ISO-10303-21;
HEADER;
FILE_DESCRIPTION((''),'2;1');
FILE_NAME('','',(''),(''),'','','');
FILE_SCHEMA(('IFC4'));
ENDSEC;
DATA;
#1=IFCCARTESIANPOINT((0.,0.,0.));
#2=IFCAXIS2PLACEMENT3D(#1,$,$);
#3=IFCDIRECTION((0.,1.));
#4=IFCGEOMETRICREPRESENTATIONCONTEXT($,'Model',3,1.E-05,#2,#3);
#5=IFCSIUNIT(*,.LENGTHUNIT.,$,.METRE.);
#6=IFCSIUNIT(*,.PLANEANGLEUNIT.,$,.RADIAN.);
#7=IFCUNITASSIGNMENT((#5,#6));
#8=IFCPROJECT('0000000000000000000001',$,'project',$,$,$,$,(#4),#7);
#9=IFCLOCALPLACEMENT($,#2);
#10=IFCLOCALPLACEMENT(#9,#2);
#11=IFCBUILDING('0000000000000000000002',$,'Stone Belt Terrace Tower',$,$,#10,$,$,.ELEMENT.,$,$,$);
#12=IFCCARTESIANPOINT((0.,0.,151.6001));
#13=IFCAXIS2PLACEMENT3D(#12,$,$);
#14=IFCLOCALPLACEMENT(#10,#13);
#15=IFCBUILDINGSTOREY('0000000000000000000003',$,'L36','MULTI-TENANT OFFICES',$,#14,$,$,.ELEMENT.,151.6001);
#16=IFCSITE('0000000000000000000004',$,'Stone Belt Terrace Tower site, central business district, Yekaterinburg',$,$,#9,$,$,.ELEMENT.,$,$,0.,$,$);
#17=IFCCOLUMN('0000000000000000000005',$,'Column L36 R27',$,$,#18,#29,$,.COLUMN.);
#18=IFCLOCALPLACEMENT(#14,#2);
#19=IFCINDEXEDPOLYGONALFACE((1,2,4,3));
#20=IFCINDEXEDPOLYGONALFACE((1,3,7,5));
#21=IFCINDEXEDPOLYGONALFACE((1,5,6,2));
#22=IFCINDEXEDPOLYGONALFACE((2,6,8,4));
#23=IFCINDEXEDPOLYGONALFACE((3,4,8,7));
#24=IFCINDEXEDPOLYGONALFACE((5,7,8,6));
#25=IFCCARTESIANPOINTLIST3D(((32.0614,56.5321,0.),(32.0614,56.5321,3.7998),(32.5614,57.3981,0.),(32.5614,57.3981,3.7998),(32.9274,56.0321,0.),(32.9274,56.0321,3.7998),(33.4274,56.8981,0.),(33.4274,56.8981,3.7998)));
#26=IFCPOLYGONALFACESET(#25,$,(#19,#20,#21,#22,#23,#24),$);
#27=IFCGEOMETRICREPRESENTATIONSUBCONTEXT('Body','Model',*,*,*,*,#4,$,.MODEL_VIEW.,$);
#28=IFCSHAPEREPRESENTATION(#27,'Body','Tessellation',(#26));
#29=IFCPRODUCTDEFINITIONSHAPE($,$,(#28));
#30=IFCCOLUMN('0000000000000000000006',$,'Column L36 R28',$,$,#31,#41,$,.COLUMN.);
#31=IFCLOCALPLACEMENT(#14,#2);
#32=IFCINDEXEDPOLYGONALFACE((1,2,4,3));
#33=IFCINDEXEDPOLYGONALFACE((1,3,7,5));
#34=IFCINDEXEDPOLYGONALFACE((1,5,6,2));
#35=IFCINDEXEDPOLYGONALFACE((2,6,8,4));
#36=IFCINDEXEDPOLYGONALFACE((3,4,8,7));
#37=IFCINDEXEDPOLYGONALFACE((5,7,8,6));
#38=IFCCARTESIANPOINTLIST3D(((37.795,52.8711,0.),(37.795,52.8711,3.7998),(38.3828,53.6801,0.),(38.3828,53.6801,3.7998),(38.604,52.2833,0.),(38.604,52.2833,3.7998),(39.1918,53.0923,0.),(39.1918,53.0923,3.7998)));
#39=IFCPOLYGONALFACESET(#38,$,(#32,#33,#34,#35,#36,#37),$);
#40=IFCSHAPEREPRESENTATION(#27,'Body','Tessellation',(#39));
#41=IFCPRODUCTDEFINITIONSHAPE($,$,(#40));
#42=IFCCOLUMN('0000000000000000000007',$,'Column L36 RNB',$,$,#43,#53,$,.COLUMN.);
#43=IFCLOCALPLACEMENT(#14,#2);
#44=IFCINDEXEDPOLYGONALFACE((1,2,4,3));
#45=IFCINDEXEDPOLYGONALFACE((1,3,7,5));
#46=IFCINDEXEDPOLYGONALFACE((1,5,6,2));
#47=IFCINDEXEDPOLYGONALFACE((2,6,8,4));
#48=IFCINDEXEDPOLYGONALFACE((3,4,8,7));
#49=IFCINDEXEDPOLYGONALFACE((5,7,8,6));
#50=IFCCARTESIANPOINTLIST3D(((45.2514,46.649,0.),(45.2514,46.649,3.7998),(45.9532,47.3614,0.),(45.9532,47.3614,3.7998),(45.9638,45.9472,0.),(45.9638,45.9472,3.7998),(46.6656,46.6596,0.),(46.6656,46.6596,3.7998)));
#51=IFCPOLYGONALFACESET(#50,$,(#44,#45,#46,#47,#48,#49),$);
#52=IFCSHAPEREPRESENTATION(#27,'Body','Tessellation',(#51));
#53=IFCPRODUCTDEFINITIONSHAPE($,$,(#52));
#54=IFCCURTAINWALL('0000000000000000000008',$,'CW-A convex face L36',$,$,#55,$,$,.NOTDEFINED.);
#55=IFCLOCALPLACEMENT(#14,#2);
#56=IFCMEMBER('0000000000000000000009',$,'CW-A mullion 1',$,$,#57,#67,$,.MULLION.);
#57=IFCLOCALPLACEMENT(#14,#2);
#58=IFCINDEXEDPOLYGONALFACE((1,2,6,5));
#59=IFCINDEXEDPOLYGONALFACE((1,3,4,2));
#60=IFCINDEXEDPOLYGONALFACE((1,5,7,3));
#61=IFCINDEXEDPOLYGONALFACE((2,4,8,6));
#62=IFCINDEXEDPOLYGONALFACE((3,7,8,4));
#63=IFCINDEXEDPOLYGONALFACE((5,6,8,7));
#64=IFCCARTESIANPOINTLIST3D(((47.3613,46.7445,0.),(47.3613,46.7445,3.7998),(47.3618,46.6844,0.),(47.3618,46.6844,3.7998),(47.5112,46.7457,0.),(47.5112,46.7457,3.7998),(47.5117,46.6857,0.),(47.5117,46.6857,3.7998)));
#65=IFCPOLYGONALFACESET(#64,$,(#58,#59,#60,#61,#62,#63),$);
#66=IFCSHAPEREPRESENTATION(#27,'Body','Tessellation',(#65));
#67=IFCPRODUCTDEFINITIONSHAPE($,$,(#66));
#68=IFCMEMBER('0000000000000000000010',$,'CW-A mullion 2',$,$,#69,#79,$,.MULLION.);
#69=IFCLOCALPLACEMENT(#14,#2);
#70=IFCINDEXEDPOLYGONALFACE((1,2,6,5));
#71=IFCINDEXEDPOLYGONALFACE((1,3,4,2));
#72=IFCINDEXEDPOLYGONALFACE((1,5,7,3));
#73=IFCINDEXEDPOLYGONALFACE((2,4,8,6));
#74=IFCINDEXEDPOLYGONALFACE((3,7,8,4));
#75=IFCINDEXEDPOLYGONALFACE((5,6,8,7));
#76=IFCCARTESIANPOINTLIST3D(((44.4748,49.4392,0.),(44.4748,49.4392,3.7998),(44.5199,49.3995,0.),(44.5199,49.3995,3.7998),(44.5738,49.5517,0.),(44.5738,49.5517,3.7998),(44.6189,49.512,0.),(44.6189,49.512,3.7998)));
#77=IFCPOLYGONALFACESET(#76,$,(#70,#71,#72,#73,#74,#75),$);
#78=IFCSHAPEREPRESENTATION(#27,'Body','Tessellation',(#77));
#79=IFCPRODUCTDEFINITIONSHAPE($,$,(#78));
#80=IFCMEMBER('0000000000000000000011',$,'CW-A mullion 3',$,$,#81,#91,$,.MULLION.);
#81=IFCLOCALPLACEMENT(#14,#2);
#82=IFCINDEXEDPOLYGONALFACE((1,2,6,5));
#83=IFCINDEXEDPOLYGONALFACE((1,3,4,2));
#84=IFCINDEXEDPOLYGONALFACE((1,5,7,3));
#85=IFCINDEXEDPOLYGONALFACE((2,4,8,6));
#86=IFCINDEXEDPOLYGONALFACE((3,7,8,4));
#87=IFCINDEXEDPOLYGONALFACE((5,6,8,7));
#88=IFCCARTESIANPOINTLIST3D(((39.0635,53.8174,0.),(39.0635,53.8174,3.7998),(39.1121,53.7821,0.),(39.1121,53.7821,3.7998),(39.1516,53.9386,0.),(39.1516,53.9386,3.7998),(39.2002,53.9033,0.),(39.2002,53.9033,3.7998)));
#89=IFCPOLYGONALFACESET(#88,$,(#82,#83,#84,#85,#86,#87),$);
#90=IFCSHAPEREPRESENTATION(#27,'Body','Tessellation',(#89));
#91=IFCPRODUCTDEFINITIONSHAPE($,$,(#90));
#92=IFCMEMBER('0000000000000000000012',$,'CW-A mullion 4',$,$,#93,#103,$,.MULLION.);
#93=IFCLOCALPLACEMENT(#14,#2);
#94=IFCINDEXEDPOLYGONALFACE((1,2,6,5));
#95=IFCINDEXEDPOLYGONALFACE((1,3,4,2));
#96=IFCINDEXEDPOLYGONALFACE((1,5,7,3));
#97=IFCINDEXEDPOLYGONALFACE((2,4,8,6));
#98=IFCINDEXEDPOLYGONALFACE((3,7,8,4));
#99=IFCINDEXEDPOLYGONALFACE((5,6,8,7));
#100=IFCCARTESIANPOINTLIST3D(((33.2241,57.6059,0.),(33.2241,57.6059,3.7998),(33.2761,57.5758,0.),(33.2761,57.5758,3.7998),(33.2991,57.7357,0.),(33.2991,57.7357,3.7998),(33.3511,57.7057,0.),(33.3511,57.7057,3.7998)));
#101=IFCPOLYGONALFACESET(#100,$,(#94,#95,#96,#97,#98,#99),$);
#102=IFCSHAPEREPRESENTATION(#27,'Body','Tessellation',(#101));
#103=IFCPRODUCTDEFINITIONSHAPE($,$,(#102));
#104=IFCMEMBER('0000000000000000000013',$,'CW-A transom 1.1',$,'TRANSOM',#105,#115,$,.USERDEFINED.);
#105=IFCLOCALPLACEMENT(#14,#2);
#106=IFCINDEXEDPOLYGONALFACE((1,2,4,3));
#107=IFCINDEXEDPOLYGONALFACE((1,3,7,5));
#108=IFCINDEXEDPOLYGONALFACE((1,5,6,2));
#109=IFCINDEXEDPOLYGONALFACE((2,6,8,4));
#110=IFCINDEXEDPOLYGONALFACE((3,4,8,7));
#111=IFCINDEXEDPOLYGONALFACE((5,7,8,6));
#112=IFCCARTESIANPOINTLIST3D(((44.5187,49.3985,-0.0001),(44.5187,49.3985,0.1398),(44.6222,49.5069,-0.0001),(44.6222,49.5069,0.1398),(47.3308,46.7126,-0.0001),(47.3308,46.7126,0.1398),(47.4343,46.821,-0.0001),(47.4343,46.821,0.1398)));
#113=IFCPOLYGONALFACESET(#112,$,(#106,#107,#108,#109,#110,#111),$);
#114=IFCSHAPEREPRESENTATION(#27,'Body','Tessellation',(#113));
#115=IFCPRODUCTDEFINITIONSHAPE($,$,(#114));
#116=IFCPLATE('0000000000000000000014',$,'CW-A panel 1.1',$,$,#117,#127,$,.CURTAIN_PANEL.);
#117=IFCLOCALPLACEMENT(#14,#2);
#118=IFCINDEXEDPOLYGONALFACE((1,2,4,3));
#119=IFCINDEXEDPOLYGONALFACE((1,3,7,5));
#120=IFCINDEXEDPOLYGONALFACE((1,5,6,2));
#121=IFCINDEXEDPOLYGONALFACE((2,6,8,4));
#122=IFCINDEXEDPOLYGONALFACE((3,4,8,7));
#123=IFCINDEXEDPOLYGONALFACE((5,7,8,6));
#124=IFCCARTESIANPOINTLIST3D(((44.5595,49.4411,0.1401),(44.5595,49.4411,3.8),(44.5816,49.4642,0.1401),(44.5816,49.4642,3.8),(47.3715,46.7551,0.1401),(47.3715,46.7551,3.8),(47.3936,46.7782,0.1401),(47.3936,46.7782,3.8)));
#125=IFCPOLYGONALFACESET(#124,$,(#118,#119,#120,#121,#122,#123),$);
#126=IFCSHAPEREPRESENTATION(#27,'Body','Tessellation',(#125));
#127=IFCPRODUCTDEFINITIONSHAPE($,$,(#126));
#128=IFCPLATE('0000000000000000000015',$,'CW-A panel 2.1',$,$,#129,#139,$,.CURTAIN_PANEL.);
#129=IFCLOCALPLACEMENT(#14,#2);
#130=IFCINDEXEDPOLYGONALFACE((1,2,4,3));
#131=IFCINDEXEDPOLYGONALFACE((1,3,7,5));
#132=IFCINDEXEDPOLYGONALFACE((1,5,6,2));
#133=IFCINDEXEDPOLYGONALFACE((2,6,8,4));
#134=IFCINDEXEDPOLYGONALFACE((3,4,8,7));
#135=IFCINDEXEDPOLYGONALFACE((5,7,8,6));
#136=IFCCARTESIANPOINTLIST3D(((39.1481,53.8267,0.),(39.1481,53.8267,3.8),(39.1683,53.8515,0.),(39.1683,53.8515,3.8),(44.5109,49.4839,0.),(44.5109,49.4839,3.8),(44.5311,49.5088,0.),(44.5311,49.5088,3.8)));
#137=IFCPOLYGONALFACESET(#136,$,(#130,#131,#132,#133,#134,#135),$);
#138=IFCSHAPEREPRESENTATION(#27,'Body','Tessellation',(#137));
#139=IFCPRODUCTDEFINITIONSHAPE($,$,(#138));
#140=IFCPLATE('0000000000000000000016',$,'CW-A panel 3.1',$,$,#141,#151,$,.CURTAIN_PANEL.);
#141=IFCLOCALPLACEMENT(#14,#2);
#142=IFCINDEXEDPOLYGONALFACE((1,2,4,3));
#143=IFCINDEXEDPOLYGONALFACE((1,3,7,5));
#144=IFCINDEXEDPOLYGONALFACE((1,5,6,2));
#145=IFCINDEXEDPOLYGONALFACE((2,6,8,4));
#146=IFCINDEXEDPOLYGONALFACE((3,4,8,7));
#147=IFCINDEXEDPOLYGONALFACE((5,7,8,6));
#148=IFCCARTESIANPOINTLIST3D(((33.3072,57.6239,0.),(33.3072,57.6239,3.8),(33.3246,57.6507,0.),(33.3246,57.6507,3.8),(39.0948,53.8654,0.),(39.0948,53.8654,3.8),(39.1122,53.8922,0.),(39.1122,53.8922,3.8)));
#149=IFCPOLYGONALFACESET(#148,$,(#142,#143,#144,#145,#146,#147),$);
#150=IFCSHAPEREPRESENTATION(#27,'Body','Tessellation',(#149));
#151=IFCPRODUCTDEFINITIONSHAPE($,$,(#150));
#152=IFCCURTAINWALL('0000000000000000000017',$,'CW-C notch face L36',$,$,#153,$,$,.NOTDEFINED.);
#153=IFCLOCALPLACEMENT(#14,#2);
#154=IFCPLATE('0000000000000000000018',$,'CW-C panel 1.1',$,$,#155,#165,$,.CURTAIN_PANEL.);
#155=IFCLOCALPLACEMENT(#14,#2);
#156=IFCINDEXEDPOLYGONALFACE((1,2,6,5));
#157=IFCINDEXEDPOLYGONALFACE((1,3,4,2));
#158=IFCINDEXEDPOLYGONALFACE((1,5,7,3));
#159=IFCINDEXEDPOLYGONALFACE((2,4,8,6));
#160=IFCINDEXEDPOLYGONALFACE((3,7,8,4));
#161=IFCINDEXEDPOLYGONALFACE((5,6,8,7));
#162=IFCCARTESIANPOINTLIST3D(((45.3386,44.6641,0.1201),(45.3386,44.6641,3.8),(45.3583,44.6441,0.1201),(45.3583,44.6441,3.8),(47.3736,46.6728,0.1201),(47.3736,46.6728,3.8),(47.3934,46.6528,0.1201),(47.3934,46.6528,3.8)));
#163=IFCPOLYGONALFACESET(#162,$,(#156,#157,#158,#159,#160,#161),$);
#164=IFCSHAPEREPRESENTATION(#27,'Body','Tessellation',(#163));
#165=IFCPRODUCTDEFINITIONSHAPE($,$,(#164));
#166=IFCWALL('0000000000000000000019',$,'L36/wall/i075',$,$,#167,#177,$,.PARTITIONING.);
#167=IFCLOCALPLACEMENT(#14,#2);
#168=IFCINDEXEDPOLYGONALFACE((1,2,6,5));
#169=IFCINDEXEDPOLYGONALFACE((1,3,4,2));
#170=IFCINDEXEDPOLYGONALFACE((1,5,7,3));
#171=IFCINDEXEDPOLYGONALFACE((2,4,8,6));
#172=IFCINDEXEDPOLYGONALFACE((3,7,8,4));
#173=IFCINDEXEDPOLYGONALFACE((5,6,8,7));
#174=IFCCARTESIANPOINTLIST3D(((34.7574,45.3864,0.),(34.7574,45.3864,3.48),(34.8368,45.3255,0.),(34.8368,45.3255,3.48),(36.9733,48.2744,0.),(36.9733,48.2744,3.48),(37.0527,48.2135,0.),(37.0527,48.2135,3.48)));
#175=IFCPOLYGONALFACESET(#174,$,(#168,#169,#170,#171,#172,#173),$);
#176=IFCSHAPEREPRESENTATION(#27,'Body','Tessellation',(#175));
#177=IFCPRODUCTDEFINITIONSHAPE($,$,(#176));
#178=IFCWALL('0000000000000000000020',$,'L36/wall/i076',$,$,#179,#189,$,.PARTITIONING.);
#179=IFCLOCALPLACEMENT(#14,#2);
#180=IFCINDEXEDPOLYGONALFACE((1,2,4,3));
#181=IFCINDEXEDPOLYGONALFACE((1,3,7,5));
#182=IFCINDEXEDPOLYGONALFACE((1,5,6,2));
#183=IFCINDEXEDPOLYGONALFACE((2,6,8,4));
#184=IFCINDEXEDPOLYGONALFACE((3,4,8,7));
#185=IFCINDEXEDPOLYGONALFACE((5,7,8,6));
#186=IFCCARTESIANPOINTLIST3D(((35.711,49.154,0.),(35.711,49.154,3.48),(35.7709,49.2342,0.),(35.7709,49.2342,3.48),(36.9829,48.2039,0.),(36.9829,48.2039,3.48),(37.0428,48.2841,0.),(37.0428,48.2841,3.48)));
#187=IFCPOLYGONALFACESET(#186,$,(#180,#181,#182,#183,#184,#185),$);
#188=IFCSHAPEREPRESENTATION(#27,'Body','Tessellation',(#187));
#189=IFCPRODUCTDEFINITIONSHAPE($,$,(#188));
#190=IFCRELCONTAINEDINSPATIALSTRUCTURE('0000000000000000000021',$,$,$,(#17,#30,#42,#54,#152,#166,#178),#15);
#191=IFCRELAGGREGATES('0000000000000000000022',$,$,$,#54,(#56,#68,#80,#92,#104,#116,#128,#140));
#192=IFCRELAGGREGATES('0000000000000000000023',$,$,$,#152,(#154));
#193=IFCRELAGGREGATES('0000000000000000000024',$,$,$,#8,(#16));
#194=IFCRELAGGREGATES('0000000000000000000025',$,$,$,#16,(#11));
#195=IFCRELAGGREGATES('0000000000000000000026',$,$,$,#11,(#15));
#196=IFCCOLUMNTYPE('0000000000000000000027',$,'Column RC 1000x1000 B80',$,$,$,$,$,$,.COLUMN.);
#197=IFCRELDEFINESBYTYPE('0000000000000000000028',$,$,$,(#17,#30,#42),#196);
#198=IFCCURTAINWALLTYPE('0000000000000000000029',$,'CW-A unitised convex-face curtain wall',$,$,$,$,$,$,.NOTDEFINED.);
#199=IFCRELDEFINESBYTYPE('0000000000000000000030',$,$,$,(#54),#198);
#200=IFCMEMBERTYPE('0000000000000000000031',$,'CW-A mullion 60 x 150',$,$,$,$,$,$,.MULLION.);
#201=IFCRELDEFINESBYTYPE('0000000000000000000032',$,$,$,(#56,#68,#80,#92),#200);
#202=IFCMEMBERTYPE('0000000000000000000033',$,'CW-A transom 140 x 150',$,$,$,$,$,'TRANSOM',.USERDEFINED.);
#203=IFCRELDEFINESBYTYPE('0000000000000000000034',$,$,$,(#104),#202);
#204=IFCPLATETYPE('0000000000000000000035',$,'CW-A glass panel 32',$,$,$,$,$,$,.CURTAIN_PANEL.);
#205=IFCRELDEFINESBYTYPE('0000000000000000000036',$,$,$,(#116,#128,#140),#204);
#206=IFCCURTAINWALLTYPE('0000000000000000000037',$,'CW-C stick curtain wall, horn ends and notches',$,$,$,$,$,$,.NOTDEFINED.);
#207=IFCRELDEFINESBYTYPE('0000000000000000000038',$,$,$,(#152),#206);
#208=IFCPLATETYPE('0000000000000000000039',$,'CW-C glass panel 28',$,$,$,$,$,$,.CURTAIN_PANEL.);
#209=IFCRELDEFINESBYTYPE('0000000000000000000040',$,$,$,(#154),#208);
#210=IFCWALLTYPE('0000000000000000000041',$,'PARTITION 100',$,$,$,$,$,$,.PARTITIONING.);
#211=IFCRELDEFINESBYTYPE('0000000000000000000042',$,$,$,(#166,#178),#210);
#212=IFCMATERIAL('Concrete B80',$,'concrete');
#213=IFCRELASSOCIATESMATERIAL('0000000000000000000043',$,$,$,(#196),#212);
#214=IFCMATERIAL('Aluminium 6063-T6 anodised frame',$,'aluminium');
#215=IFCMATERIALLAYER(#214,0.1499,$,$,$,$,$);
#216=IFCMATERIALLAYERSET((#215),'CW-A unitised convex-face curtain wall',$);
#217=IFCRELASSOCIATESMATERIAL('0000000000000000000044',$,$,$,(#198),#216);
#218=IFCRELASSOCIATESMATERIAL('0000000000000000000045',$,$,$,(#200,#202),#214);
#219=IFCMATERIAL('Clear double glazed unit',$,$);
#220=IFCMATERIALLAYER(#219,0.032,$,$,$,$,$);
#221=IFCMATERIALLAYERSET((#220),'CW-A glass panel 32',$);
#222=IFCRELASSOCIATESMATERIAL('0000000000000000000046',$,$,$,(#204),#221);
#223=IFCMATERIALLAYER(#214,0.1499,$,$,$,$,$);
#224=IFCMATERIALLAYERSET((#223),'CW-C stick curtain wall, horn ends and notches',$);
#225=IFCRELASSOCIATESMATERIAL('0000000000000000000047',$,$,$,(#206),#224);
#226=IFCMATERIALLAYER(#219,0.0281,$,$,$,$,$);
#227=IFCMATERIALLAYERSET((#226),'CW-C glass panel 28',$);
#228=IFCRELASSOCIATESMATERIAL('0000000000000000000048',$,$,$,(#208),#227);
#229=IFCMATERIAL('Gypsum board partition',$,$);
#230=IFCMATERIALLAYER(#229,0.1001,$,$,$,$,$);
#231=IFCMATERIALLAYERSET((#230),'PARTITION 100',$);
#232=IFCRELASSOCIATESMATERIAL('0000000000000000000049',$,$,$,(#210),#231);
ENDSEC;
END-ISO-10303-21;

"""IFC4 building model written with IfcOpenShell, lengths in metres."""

from ifc_helpers import new_model, si_unit, direction, frame, frame_2d, origin, origin_2d, place, context, subcontext, project, spatial, rectangle, extrude, material, layer, layer_set, material_profile, profile_set, type_object, element, aggregate, save


model = new_model("IFC4")

# Units and contexts
model_context = context("Model", 3, precision=1e-05, world=origin(), true_north=direction((0.0, 1.0)))
body_context = subcontext(model_context, "Body", "Model", "MODEL_VIEW")
ifc_project = project(units=[si_unit("LENGTHUNIT", "METRE"), si_unit("PLANEANGLEUNIT", "RADIAN")], contexts=[model_context])

# Site, building, storey
site_placement = place(None, origin())
site = spatial("IfcSite", under=ifc_project, at=site_placement, Name="Stone Belt Terrace Tower site, central business district, Yekaterinburg", CompositionType="ELEMENT", RefElevation=0.0)
building_placement = place(site_placement, origin())
building = spatial("IfcBuilding", under=site, at=building_placement, Name="Stone Belt Terrace Tower", CompositionType="ELEMENT")
storey_placement = place(building_placement, frame((0.0, 0.0, 151.6001)))
storey = spatial("IfcBuildingStorey", under=building, at=storey_placement, Name="L36", Description="MULTI-TENANT OFFICES", CompositionType="ELEMENT", Elevation=151.6001)

# Columns
ifc_material_1 = material(Name="Concrete B80", Category="concrete")
ifc_material_profile_1 = material_profile(ifc_material_1, rectangle(XDim=1.0, YDim=1.0, at=origin_2d()), Name="RC 1000x1000")
ifc_profile_set_1 = profile_set([ifc_material_profile_1], Name="Concrete B80")
column_type = type_object("IfcColumnType", Name="Column RC 1000x1000 B80", PredefinedType="COLUMN", material=ifc_profile_set_1)
for number, where, z_axis, x_axis, name in (
    (1, (32.7444, 56.7151, 0.0), (0.0, 0.0, 1.0), (0.866025, -0.5, 0.0), "Column L36 R27"),
    (2, (38.4934, 52.9817, 0.0), (0.0, 0.0, 1.0), (0.809017, -0.587785, 0.0), "Column L36 R28"),
    (3, (45.9585, 46.6543, 0.0), (0.0, 0.0, 1.0), (0.712398, -0.701775, 0.0), "Column L36 RNB"),
):
    element("IfcColumn", number, at=place(storey_placement, frame(where, z_axis=z_axis, x_axis=x_axis)), inside=storey, type_object=column_type, Name=name, PredefinedType="COLUMN", context=body_context, shape_type="SweptSolid", body=[
        extrude(rectangle(XDim=1.0, YDim=1.0, at=origin_2d()), origin(), (0.0, 0.0, 1.0), 3.7998),
    ])

# Curtain wall, members, plates
ifc_material_2 = material(Name="Aluminium 6063-T6 anodised frame", Category="aluminium")
ifc_layer_1 = layer(ifc_material_2, 0.1499)
ifc_layer_set_1 = layer_set([ifc_layer_1], Name="CW-A unitised convex-face curtain wall")
curtain_wall_type_1 = type_object("IfcCurtainWallType", Name="CW-A unitised convex-face curtain wall", PredefinedType="NOTDEFINED", material=ifc_layer_set_1)
curtain_wall_1_placement = place(storey_placement, origin())
curtain_wall_1 = element("IfcCurtainWall", 4, at=curtain_wall_1_placement, inside=storey, type_object=curtain_wall_type_1, Name="CW-A convex face L36", PredefinedType="NOTDEFINED")
ifc_material_profile_2 = material_profile(ifc_material_2, rectangle(XDim=0.1499, YDim=0.0601, at=origin_2d()), Name="Aluminium 6063-T6 60x150")
ifc_profile_set_2 = profile_set([ifc_material_profile_2], Name="Aluminium 6063-T6 anodised frame")
member_type_1 = type_object("IfcMemberType", Name="CW-A mullion 60 x 150", PredefinedType="MULLION", material=ifc_profile_set_2)
member_1_placement = place(storey_placement, frame((47.4365, 46.7151, 0.0), z_axis=(0.0, 0.0, 1.0), x_axis=(-0.999966, -0.008188, 0.0)))
member_1 = element("IfcMember", 5, at=member_1_placement, type_object=member_type_1, Name="CW-A mullion 1", PredefinedType="MULLION", context=body_context, shape_type="SweptSolid", body=[
    extrude(rectangle(XDim=0.1499, YDim=0.0601, at=origin_2d()), origin(), (0.0, 0.0, 1.0), 3.7998),
])
member_2_placement = place(storey_placement, frame((44.5469, 49.4756, 0.0), z_axis=(0.0, 0.0, 1.0), x_axis=(-0.660573, -0.750761, 0.0)))
member_2 = element("IfcMember", 6, at=member_2_placement, type_object=member_type_1, Name="CW-A mullion 2", PredefinedType="MULLION", context=body_context, shape_type="SweptSolid", body=[
    extrude(rectangle(XDim=0.1499, YDim=0.0601, at=origin_2d()), origin(), (0.0, 0.0, 1.0), 3.7998),
])
member_3_placement = place(storey_placement, frame((39.1318, 53.8604, 0.0), z_axis=(0.0, 0.0, 1.0), x_axis=(-0.587785, -0.809017, 0.0)))
member_3 = element("IfcMember", 7, at=member_3_placement, type_object=member_type_1, Name="CW-A mullion 3", PredefinedType="MULLION", context=body_context, shape_type="SweptSolid", body=[
    extrude(rectangle(XDim=0.1499, YDim=0.0601, at=origin_2d()), origin(), (0.0, 0.0, 1.0), 3.7998),
])
member_4_placement = place(storey_placement, frame((33.2876, 57.6558, 0.0), z_axis=(0.0, 0.0, 1.0), x_axis=(-0.5, -0.866025, 0.0)))
member_4 = element("IfcMember", 8, at=member_4_placement, type_object=member_type_1, Name="CW-A mullion 4", PredefinedType="MULLION", context=body_context, shape_type="SweptSolid", body=[
    extrude(rectangle(XDim=0.1499, YDim=0.0601, at=origin_2d()), origin(), (0.0, 0.0, 1.0), 3.7998),
])
ifc_material_profile_3 = material_profile(ifc_material_2, rectangle(XDim=0.1499, YDim=0.1399, at=origin_2d()), Name="Aluminium 6063-T6 150x140")
ifc_profile_set_3 = profile_set([ifc_material_profile_3], Name="Aluminium 6063-T6 anodised frame")
member_type_2 = type_object("IfcMemberType", Name="CW-A transom 140 x 150", ElementType="TRANSOM", PredefinedType="USERDEFINED", material=ifc_profile_set_3)
member_5_placement = place(storey_placement, frame((47.3826, 46.7668, 0.0698), z_axis=(-0.72315, 0.690691, 0.0), x_axis=(-0.690691, -0.72315, 0.0)))
member_5 = element("IfcMember", 9, at=member_5_placement, type_object=member_type_2, Name="CW-A transom 1.1", ObjectType="TRANSOM", PredefinedType="USERDEFINED", context=body_context, shape_type="SweptSolid", body=[
    extrude(rectangle(XDim=0.1499, YDim=0.1399, at=origin_2d()), origin(), (0.0, 0.0, 1.0), 3.8887),
])
ifc_material_3 = material(Name="Clear double glazed unit")
ifc_layer_2 = layer(ifc_material_3, 0.032)
ifc_layer_set_2 = layer_set([ifc_layer_2], Name="CW-A glass panel 32")
plate_type_1 = type_object("IfcPlateType", Name="CW-A glass panel 32", PredefinedType="CURTAIN_PANEL", material=ifc_layer_set_2)
plate_1_placement = place(storey_placement, frame((45.9766, 48.1096, 0.1401), z_axis=(0.0, 0.0, 1.0), x_axis=(-0.723121, 0.690721, 0.0)))
plate_1 = element("IfcPlate", 10, at=plate_1_placement, type_object=plate_type_1, Name="CW-A panel 1.1", PredefinedType="CURTAIN_PANEL", context=body_context, shape_type="SweptSolid", body=[
    extrude(rectangle(XDim=3.8887, YDim=0.032, at=origin_2d()), origin(), (0.0, 0.0, 1.0), 3.6599),
])
plate_2_placement = place(storey_placement, frame((41.8396, 51.6677, 0.0), z_axis=(0.0, 0.0, 1.0), x_axis=(-0.777146, 0.62932, 0.0)))
plate_2 = element("IfcPlate", 11, at=plate_2_placement, type_object=plate_type_1, Name="CW-A panel 2.1", PredefinedType="CURTAIN_PANEL", context=body_context, shape_type="SweptSolid", body=[
    extrude(rectangle(XDim=6.9006, YDim=0.032, at=origin_2d()), origin(), (0.0, 0.0, 1.0), 3.8),
])
plate_3_placement = place(storey_placement, frame((36.2097, 55.7581, 0.0), z_axis=(0.0, 0.0, 1.0), x_axis=(-0.838671, 0.544639, 0.0)))
plate_3 = element("IfcPlate", 12, at=plate_3_placement, type_object=plate_type_1, Name="CW-A panel 3.1", PredefinedType="CURTAIN_PANEL", context=body_context, shape_type="SweptSolid", body=[
    extrude(rectangle(XDim=6.9009, YDim=0.032, at=origin_2d()), origin(), (0.0, 0.0, 1.0), 3.8),
])
aggregate(curtain_wall_1, [member_1, member_2, member_3, member_4, member_5, plate_1, plate_2, plate_3])

# Curtain wall, plate
ifc_layer_3 = layer(ifc_material_2, 0.1499)
ifc_layer_set_3 = layer_set([ifc_layer_3], Name="CW-C stick curtain wall, horn ends and notches")
curtain_wall_type_2 = type_object("IfcCurtainWallType", Name="CW-C stick curtain wall, horn ends and notches", PredefinedType="NOTDEFINED", material=ifc_layer_set_3)
curtain_wall_2_placement = place(storey_placement, origin())
curtain_wall_2 = element("IfcCurtainWall", 13, at=curtain_wall_2_placement, inside=storey, type_object=curtain_wall_type_2, Name="CW-C notch face L36", PredefinedType="NOTDEFINED")
ifc_layer_4 = layer(ifc_material_3, 0.0281)
ifc_layer_set_4 = layer_set([ifc_layer_4], Name="CW-C glass panel 28")
plate_type_2 = type_object("IfcPlateType", Name="CW-C glass panel 28", PredefinedType="CURTAIN_PANEL", material=ifc_layer_set_4)
plate_4_placement = place(storey_placement, frame((46.366, 45.6584, 0.1201), z_axis=(0.0, 0.0, 1.0), x_axis=(0.711713, 0.70247, 0.0)))
plate_4 = element("IfcPlate", 14, at=plate_4_placement, type_object=plate_type_2, Name="CW-C panel 1.1", PredefinedType="CURTAIN_PANEL", context=body_context, shape_type="SweptSolid", body=[
    extrude(rectangle(XDim=2.8594, YDim=0.0281, at=origin_2d()), origin(), (0.0, 0.0, 1.0), 3.6799),
])
aggregate(curtain_wall_2, [plate_4])

# Walls
ifc_material_4 = material(Name="Gypsum board partition")
ifc_layer_5 = layer(ifc_material_4, 0.1001)
ifc_layer_set_5 = layer_set([ifc_layer_5], Name="PARTITION 100")
wall_type_1 = type_object("IfcWallType", Name="PARTITION 100", PredefinedType="PARTITIONING", material=ifc_layer_set_5)
wall_1_placement = place(storey_placement, frame((34.7971, 45.356, 0.0), z_axis=(0.0, 0.0, 1.0), x_axis=(0.608731, 0.793376, 0.0)))
element("IfcWall", 15, at=wall_1_placement, inside=storey, type_object=wall_type_1, Name="L36/wall/i075", PredefinedType="PARTITIONING", context=body_context, shape_type="SweptSolid", body=[
    extrude(rectangle(XDim=3.6401, YDim=0.1001, at=frame_2d((1.8201, 0.0))), origin(), (0.0, 0.0, 1.0), 3.48),
])
wall_2_placement = place(storey_placement, frame((37.0129, 48.2439, 0.0), z_axis=(0.0, 0.0, 1.0), x_axis=(-0.801143, 0.598474, 0.0)))
element("IfcWall", 16, at=wall_2_placement, inside=storey, type_object=wall_type_1, Name="L36/wall/i076", PredefinedType="PARTITIONING", context=body_context, shape_type="SweptSolid", body=[
    extrude(rectangle(XDim=1.5876, YDim=0.1001, at=frame_2d((0.7939, 0.0))), origin(), (0.0, 0.0, 1.0), 3.48),
])

save(model, "model.ifc")
